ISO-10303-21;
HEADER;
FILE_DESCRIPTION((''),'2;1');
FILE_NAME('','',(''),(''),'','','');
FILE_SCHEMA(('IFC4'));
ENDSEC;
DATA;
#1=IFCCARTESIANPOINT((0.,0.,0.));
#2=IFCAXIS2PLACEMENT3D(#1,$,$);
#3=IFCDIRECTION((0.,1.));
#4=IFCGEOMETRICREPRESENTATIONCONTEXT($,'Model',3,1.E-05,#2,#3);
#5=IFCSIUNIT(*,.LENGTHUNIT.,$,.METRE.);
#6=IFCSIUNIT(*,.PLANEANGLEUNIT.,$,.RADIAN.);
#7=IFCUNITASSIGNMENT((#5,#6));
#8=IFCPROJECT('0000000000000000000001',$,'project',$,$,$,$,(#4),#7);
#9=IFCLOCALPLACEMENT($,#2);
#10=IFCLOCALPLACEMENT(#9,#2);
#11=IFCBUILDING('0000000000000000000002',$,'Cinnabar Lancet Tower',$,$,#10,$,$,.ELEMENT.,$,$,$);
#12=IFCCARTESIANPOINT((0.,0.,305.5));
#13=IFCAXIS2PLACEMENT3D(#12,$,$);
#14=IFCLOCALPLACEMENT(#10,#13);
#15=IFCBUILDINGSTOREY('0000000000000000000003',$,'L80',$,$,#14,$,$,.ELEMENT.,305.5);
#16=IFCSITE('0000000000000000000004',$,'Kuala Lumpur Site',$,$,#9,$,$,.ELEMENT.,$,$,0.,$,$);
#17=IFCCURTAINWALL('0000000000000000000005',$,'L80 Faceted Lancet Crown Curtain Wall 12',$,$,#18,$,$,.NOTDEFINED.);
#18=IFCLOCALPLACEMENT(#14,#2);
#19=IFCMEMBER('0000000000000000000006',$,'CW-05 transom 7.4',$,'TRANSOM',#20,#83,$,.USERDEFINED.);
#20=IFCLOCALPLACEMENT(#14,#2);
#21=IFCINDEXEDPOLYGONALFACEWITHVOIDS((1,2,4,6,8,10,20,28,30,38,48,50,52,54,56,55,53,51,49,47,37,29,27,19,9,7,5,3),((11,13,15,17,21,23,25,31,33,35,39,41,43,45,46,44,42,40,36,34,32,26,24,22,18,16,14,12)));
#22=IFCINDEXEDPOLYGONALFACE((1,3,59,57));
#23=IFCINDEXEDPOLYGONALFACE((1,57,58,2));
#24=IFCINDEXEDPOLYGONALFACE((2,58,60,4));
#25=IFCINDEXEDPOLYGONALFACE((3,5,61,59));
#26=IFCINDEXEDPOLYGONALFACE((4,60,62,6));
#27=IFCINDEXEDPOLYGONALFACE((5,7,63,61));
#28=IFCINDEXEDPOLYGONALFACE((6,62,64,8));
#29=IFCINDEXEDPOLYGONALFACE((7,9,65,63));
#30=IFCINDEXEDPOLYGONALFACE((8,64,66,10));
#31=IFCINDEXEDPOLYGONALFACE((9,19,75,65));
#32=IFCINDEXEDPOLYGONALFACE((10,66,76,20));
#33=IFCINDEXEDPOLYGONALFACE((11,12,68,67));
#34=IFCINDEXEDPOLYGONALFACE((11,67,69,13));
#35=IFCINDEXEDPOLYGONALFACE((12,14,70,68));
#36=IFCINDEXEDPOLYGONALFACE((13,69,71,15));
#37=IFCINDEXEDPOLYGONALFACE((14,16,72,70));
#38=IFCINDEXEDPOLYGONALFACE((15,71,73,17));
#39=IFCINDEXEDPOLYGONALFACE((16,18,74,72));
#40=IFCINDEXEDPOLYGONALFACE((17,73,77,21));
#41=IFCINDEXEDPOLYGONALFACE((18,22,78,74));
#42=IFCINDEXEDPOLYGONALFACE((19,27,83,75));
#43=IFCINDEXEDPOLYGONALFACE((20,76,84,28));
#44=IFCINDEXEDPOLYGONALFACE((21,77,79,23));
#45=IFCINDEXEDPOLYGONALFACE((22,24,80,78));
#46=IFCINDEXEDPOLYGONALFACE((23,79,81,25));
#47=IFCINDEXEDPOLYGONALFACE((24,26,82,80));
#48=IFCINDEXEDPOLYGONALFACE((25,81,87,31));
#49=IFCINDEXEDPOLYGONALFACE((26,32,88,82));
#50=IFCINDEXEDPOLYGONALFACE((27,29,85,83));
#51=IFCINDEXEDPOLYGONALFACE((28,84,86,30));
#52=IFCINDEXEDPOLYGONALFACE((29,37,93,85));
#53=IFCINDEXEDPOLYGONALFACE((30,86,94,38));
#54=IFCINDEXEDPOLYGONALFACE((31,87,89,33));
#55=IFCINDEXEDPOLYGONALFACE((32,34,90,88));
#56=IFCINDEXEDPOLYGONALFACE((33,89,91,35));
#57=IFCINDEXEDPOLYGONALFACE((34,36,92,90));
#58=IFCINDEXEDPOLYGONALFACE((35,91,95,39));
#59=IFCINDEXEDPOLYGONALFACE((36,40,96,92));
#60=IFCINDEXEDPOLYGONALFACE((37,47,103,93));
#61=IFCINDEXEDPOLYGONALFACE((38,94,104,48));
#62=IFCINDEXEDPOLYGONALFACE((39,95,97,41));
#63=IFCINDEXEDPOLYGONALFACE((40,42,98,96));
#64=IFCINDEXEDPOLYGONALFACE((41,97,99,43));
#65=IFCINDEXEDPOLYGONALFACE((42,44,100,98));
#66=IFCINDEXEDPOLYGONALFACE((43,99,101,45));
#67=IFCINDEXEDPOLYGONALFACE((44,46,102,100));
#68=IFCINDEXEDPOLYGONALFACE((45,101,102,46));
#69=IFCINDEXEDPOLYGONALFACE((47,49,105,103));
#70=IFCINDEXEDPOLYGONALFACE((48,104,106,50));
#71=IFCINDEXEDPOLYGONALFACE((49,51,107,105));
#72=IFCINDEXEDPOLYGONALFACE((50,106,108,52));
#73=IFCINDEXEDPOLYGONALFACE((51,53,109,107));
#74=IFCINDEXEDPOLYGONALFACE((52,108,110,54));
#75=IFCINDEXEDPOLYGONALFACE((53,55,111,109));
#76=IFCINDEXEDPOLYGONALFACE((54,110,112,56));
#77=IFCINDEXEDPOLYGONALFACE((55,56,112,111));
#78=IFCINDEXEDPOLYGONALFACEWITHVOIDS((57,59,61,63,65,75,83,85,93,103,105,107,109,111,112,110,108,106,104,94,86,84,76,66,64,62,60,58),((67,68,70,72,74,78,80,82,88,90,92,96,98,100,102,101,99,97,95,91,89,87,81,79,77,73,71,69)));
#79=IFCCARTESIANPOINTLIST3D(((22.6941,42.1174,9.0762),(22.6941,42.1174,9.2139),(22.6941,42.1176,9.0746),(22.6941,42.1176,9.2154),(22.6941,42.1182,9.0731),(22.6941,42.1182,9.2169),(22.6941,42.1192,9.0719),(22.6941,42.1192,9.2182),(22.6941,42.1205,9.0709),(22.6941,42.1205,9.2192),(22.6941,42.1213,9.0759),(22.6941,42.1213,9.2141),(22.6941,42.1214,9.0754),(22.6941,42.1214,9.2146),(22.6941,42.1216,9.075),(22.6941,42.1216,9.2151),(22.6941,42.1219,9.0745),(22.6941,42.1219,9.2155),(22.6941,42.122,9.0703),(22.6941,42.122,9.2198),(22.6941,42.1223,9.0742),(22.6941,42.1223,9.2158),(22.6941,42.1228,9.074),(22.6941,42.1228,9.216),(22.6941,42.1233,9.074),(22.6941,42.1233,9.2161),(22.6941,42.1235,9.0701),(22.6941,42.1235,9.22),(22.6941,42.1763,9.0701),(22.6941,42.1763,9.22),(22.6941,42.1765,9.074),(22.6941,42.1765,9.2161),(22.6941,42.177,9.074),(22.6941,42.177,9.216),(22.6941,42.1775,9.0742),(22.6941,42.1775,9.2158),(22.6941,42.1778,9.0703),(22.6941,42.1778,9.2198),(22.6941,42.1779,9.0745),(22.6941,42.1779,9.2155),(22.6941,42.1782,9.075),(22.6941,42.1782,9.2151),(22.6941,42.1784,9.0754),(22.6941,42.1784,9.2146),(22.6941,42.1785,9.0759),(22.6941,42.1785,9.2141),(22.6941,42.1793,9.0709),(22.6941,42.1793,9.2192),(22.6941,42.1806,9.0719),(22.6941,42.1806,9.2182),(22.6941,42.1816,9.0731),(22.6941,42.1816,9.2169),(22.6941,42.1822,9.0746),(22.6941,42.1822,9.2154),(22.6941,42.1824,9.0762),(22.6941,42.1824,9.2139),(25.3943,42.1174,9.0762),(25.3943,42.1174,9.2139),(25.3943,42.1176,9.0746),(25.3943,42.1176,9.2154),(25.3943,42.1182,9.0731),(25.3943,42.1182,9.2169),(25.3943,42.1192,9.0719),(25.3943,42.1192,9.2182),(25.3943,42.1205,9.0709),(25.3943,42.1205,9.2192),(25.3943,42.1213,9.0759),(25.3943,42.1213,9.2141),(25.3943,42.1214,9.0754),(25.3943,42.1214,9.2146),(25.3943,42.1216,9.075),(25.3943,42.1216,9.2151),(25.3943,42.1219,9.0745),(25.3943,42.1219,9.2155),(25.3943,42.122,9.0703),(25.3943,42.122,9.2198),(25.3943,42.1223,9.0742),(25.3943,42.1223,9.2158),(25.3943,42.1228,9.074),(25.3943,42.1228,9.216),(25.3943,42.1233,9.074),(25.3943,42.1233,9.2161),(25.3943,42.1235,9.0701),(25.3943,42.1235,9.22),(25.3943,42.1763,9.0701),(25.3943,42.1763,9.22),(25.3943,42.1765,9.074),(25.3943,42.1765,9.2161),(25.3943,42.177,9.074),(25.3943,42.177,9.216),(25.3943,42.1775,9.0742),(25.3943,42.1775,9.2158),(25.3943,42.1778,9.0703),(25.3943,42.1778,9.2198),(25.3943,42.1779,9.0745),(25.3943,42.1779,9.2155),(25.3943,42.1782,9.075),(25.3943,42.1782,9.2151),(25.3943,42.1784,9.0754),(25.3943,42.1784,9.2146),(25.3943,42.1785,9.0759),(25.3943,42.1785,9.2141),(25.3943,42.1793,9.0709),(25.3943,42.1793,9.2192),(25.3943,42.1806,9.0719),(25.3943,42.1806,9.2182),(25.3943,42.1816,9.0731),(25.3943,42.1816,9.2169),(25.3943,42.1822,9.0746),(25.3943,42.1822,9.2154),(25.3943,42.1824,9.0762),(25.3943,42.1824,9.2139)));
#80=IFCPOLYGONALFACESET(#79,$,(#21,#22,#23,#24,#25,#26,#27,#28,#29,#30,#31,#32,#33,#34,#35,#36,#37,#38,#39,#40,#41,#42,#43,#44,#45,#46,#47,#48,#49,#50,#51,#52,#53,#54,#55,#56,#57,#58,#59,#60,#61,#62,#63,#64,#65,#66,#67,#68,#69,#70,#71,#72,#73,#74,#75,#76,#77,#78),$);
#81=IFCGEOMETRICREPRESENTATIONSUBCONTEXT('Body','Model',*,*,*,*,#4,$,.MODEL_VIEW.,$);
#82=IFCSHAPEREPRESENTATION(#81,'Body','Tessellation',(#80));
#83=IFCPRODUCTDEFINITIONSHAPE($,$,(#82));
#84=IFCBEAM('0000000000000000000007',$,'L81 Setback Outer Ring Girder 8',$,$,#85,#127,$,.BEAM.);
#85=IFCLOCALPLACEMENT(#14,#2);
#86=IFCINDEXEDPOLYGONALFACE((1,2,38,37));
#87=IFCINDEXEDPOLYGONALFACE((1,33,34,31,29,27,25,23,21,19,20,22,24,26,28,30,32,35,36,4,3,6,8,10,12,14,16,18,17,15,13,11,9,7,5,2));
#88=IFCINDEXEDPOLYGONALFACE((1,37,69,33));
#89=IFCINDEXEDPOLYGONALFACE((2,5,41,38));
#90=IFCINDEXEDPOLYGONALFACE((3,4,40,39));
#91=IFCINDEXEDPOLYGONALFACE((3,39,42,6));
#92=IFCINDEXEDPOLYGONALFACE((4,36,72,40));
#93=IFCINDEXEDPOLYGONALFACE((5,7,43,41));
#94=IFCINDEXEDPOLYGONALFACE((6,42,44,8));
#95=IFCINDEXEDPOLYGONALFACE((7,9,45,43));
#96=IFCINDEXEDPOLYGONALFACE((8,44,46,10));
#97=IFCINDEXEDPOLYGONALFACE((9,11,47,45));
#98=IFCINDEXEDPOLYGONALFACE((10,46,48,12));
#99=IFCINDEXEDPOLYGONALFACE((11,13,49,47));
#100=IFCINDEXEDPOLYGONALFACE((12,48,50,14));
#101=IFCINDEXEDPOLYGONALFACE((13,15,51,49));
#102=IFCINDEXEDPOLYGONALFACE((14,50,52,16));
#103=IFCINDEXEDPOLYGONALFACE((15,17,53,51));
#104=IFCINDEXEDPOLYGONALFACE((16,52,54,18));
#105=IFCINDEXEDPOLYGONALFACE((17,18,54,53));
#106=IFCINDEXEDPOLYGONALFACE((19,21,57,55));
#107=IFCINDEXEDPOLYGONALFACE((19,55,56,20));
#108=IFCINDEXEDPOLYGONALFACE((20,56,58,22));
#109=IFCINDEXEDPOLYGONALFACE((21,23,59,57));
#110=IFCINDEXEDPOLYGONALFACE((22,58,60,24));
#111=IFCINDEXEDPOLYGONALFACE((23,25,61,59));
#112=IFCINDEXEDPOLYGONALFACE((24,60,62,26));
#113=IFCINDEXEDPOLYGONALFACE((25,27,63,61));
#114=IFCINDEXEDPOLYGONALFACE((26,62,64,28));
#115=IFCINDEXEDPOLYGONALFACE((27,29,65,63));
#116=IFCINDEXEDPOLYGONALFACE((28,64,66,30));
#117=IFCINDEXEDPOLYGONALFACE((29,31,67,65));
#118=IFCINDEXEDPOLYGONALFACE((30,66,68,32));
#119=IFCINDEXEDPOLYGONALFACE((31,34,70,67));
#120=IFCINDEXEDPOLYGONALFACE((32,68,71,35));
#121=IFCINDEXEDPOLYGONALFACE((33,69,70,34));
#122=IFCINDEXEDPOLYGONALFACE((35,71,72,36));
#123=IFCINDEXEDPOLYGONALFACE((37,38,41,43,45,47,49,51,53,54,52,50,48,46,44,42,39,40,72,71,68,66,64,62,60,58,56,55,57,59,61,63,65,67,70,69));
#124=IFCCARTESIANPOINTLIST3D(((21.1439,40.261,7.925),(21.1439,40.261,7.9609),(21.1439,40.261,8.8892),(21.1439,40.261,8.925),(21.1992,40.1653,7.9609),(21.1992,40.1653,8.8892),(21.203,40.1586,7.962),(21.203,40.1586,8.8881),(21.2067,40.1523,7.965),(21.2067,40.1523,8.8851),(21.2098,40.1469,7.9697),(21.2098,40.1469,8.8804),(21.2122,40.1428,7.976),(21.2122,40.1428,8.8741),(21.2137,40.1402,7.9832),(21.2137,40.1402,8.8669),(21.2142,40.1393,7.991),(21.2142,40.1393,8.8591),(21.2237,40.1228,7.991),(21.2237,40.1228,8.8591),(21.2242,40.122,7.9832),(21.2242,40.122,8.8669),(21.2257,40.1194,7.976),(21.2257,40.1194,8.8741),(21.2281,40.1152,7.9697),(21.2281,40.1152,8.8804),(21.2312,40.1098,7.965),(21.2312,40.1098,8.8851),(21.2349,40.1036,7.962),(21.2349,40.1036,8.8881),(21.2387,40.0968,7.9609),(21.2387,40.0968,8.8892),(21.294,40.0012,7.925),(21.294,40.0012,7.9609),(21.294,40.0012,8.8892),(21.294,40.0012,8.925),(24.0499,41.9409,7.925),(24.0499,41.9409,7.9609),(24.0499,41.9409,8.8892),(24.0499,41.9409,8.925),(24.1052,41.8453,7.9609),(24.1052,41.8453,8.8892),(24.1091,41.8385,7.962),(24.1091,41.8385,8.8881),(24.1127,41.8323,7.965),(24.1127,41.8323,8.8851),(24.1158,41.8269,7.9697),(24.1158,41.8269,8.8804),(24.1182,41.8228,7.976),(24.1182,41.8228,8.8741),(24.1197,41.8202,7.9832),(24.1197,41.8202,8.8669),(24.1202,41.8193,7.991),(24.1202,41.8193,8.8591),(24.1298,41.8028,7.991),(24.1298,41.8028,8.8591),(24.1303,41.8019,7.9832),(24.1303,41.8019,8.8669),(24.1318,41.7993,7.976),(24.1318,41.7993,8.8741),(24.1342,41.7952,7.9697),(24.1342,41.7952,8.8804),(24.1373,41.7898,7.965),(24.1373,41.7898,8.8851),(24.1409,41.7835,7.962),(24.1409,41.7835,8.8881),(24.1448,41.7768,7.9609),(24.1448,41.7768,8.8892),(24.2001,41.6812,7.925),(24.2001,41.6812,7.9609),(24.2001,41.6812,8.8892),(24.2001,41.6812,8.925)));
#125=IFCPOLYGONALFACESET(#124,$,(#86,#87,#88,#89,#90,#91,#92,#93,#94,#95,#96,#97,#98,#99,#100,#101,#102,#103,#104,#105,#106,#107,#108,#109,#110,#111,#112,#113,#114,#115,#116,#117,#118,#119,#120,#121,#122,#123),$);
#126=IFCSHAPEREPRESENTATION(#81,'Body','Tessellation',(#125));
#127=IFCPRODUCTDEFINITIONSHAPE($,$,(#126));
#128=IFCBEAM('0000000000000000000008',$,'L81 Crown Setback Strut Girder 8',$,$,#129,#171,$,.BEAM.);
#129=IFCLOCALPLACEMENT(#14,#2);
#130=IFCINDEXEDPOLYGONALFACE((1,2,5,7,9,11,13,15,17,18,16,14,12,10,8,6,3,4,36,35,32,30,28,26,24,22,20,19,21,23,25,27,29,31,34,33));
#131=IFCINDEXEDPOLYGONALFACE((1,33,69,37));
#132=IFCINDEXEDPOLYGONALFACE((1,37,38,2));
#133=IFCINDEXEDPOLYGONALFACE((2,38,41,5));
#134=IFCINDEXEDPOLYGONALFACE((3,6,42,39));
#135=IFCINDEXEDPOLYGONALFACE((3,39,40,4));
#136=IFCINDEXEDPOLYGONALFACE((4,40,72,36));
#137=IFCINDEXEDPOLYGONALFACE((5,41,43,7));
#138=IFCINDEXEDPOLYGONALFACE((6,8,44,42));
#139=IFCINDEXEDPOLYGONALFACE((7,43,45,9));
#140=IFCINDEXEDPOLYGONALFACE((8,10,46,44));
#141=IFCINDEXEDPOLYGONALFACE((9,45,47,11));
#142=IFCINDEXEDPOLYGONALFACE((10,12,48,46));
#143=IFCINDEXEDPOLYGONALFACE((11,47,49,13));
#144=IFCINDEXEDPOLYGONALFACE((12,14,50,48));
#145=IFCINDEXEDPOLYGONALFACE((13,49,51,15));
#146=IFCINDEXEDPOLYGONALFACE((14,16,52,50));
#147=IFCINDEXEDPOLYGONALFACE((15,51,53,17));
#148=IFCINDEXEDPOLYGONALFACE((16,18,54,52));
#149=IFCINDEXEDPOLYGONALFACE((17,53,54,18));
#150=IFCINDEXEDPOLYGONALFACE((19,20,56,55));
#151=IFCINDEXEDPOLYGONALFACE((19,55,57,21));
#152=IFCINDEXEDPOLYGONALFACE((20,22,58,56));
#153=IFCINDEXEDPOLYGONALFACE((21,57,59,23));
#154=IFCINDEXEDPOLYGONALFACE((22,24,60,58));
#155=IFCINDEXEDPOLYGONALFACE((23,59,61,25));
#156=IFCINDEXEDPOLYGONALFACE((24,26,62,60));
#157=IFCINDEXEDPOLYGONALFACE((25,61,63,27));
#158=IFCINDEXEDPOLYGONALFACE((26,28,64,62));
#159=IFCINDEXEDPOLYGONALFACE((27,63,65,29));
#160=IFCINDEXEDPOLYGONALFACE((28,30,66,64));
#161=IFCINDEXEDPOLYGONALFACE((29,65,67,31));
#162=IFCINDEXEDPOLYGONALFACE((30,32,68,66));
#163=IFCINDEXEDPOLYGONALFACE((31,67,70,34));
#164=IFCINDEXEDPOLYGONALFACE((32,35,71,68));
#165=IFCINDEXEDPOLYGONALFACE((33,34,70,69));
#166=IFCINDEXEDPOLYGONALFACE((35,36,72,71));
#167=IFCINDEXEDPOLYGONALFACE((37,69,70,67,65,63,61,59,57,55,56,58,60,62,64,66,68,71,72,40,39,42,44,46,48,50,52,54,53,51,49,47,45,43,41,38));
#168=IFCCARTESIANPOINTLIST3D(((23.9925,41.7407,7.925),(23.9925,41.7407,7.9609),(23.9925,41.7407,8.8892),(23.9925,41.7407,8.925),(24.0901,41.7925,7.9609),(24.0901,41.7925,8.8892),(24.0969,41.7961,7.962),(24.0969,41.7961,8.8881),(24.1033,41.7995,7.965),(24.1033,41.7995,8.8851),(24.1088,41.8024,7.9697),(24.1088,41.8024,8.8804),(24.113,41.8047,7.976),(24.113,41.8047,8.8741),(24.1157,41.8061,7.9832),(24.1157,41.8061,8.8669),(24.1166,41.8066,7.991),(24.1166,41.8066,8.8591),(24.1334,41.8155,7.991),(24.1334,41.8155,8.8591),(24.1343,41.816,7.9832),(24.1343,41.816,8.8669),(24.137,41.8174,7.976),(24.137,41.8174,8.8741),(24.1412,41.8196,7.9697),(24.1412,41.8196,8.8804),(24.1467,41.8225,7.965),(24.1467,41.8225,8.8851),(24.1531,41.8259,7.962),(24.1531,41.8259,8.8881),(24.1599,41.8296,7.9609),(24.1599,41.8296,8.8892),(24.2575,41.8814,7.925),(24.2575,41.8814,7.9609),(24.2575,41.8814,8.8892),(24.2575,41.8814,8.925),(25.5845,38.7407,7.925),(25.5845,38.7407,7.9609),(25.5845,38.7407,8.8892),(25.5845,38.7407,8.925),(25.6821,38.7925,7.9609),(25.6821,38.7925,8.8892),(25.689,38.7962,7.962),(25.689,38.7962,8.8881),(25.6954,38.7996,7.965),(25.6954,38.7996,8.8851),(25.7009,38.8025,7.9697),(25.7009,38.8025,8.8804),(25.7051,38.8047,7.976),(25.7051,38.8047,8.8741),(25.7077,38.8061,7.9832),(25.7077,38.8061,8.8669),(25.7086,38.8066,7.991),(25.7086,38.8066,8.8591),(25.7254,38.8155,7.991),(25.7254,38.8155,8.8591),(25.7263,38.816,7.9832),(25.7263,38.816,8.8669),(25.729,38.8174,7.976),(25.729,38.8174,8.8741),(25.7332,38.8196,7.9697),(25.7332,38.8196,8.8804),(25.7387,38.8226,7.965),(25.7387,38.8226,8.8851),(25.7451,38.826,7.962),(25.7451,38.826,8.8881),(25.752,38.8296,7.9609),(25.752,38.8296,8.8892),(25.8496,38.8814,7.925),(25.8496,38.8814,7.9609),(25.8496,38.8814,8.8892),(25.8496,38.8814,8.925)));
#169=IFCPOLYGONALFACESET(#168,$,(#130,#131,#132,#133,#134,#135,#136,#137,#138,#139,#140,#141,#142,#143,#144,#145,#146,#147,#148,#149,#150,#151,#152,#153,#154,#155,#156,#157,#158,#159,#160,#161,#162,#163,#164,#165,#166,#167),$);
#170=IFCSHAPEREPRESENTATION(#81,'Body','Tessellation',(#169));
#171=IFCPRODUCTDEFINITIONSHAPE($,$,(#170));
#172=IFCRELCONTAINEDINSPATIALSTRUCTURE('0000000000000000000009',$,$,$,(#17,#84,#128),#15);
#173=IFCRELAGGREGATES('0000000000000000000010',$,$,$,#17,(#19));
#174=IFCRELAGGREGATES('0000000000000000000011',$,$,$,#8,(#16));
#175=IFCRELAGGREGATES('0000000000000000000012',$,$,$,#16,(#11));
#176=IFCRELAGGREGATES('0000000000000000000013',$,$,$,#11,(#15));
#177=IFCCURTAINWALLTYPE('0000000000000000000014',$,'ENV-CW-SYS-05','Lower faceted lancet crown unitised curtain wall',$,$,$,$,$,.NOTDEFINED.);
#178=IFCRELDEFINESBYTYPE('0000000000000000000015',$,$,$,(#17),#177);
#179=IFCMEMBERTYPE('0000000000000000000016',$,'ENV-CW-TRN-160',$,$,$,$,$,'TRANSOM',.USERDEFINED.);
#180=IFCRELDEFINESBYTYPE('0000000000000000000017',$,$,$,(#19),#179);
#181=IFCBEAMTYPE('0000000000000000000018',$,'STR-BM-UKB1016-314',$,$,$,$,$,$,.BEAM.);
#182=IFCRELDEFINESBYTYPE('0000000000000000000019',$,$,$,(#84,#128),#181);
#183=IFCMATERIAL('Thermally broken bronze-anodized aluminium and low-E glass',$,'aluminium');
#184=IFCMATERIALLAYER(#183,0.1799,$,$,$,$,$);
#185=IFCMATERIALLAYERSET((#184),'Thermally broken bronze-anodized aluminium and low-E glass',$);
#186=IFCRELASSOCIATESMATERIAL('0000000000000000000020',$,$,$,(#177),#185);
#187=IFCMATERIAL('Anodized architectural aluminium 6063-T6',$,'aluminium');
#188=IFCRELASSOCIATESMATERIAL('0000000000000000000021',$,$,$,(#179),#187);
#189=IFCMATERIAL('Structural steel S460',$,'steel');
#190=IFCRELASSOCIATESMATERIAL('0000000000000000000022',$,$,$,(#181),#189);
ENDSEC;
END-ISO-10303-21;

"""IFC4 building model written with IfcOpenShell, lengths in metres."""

from ifc_helpers import new_model, si_unit, direction, frame, origin, origin_2d, place, context, subcontext, project, spatial, hollow_rectangle, i_section, extrude, material, layer, layer_set, material_profile, profile_set, type_object, element, aggregate, save


model = new_model("IFC4")

# Units and contexts
model_context = context("Model", 3, precision=1e-05, world=origin(), true_north=direction((0.0, 1.0)))
body_context = subcontext(model_context, "Body", "Model", "MODEL_VIEW")
ifc_project = project(units=[si_unit("LENGTHUNIT", "METRE"), si_unit("PLANEANGLEUNIT", "RADIAN")], contexts=[model_context])

# Site, building, storey
site_placement = place(None, origin())
site = spatial("IfcSite", under=ifc_project, at=site_placement, Name="Kuala Lumpur Site", CompositionType="ELEMENT", RefElevation=0.0)
building_placement = place(site_placement, origin())
building = spatial("IfcBuilding", under=site, at=building_placement, Name="Cinnabar Lancet Tower", CompositionType="ELEMENT")
storey_placement = place(building_placement, frame((0.0, 0.0, 305.5)))
storey = spatial("IfcBuildingStorey", under=building, at=storey_placement, Name="L80", CompositionType="ELEMENT", Elevation=305.5)

# Curtain wall
ifc_material_1 = material(Name="Thermally broken bronze-anodized aluminium and low-E glass", Category="aluminium")
ifc_layer_1 = layer(ifc_material_1, 0.1799)
ifc_layer_set_1 = layer_set([ifc_layer_1], Name="Thermally broken bronze-anodized aluminium and low-E glass")
curtain_wall_type = type_object("IfcCurtainWallType", Name="ENV-CW-SYS-05", Description="Lower faceted lancet crown unitised curtain wall", PredefinedType="NOTDEFINED", material=ifc_layer_set_1)
curtain_wall_1_placement = place(storey_placement, origin())
curtain_wall_1 = element("IfcCurtainWall", 1, at=curtain_wall_1_placement, inside=storey, type_object=curtain_wall_type, Name="L80 Faceted Lancet Crown Curtain Wall 12", PredefinedType="NOTDEFINED")

# Member
ifc_material_2 = material(Name="Anodized architectural aluminium 6063-T6", Category="aluminium")
ifc_material_profile_1 = material_profile(ifc_material_2, hollow_rectangle(XDim=0.0649, YDim=0.1499, WallThickness=0.0039, InnerFilletRadius=0.002, OuterFilletRadius=0.0061, at=origin_2d()), Name="CW-TRN 150x65x4")
ifc_profile_set_1 = profile_set([ifc_material_profile_1], Name="Anodized architectural aluminium 6063-T6")
member_type_1 = type_object("IfcMemberType", Name="ENV-CW-TRN-160", ElementType="TRANSOM", PredefinedType="USERDEFINED", material=ifc_profile_set_1)
member_1_placement = place(storey_placement, frame((25.3943, 42.1499, 9.145), z_axis=(-1.0, 0.0, 0.0), x_axis=(0.0, -1.0, 0.0)))
member_1 = element("IfcMember", 2, at=member_1_placement, type_object=member_type_1, Name="CW-05 transom 7.4", ObjectType="TRANSOM", PredefinedType="USERDEFINED", context=body_context, shape_type="SweptSolid", body=[
    extrude(hollow_rectangle(XDim=0.0649, YDim=0.1499, WallThickness=0.0039, InnerFilletRadius=0.002, OuterFilletRadius=0.0061, at=origin_2d()), origin(), (0.0, 0.0, 1.0), 2.7002),
])

# Beams
ifc_material_3 = material(Name="Structural steel S460", Category="steel")
ifc_material_profile_2 = material_profile(ifc_material_3, i_section(OverallWidth=0.3, OverallDepth=1.0, WebThickness=0.019, FlangeThickness=0.0359, FilletRadius=0.03, at=origin_2d()), Name="UKB 1016x305x314")
ifc_profile_set_2 = profile_set([ifc_material_profile_2], Name="Structural steel S460")
beam_type = type_object("IfcBeamType", Name="STR-BM-UKB1016-314", PredefinedType="BEAM", material=ifc_profile_set_2)
beam_1_placement = place(storey_placement, frame((24.125, 41.811, 8.425), z_axis=(-0.865748, -0.50048, 0.0), x_axis=(0.50048, -0.865748, 0.0)))
element("IfcBeam", 3, at=beam_1_placement, inside=storey, type_object=beam_type, Name="L81 Setback Outer Ring Girder 8", PredefinedType="BEAM", context=body_context, shape_type="SweptSolid", body=[
    extrude(i_section(OverallWidth=0.3, OverallDepth=1.0, WebThickness=0.019, FlangeThickness=0.0359, FilletRadius=0.03, at=origin_2d()), origin(), (0.0, 0.0, 1.0), 3.3567),
])
beam_2_placement = place(storey_placement, frame((24.125, 41.811, 8.425), z_axis=(0.468763, -0.883324, 0.0), x_axis=(0.883324, 0.468763, 0.0)))
element("IfcBeam", 4, at=beam_2_placement, inside=storey, type_object=beam_type, Name="L81 Crown Setback Strut Girder 8", PredefinedType="BEAM", context=body_context, shape_type="SweptSolid", body=[
    extrude(i_section(OverallWidth=0.3, OverallDepth=1.0, WebThickness=0.019, FlangeThickness=0.0359, FilletRadius=0.03, at=origin_2d()), origin(), (0.0, 0.0, 1.0), 3.3962),
])

aggregate(curtain_wall_1, [member_1])

save(model, "model.ifc")
